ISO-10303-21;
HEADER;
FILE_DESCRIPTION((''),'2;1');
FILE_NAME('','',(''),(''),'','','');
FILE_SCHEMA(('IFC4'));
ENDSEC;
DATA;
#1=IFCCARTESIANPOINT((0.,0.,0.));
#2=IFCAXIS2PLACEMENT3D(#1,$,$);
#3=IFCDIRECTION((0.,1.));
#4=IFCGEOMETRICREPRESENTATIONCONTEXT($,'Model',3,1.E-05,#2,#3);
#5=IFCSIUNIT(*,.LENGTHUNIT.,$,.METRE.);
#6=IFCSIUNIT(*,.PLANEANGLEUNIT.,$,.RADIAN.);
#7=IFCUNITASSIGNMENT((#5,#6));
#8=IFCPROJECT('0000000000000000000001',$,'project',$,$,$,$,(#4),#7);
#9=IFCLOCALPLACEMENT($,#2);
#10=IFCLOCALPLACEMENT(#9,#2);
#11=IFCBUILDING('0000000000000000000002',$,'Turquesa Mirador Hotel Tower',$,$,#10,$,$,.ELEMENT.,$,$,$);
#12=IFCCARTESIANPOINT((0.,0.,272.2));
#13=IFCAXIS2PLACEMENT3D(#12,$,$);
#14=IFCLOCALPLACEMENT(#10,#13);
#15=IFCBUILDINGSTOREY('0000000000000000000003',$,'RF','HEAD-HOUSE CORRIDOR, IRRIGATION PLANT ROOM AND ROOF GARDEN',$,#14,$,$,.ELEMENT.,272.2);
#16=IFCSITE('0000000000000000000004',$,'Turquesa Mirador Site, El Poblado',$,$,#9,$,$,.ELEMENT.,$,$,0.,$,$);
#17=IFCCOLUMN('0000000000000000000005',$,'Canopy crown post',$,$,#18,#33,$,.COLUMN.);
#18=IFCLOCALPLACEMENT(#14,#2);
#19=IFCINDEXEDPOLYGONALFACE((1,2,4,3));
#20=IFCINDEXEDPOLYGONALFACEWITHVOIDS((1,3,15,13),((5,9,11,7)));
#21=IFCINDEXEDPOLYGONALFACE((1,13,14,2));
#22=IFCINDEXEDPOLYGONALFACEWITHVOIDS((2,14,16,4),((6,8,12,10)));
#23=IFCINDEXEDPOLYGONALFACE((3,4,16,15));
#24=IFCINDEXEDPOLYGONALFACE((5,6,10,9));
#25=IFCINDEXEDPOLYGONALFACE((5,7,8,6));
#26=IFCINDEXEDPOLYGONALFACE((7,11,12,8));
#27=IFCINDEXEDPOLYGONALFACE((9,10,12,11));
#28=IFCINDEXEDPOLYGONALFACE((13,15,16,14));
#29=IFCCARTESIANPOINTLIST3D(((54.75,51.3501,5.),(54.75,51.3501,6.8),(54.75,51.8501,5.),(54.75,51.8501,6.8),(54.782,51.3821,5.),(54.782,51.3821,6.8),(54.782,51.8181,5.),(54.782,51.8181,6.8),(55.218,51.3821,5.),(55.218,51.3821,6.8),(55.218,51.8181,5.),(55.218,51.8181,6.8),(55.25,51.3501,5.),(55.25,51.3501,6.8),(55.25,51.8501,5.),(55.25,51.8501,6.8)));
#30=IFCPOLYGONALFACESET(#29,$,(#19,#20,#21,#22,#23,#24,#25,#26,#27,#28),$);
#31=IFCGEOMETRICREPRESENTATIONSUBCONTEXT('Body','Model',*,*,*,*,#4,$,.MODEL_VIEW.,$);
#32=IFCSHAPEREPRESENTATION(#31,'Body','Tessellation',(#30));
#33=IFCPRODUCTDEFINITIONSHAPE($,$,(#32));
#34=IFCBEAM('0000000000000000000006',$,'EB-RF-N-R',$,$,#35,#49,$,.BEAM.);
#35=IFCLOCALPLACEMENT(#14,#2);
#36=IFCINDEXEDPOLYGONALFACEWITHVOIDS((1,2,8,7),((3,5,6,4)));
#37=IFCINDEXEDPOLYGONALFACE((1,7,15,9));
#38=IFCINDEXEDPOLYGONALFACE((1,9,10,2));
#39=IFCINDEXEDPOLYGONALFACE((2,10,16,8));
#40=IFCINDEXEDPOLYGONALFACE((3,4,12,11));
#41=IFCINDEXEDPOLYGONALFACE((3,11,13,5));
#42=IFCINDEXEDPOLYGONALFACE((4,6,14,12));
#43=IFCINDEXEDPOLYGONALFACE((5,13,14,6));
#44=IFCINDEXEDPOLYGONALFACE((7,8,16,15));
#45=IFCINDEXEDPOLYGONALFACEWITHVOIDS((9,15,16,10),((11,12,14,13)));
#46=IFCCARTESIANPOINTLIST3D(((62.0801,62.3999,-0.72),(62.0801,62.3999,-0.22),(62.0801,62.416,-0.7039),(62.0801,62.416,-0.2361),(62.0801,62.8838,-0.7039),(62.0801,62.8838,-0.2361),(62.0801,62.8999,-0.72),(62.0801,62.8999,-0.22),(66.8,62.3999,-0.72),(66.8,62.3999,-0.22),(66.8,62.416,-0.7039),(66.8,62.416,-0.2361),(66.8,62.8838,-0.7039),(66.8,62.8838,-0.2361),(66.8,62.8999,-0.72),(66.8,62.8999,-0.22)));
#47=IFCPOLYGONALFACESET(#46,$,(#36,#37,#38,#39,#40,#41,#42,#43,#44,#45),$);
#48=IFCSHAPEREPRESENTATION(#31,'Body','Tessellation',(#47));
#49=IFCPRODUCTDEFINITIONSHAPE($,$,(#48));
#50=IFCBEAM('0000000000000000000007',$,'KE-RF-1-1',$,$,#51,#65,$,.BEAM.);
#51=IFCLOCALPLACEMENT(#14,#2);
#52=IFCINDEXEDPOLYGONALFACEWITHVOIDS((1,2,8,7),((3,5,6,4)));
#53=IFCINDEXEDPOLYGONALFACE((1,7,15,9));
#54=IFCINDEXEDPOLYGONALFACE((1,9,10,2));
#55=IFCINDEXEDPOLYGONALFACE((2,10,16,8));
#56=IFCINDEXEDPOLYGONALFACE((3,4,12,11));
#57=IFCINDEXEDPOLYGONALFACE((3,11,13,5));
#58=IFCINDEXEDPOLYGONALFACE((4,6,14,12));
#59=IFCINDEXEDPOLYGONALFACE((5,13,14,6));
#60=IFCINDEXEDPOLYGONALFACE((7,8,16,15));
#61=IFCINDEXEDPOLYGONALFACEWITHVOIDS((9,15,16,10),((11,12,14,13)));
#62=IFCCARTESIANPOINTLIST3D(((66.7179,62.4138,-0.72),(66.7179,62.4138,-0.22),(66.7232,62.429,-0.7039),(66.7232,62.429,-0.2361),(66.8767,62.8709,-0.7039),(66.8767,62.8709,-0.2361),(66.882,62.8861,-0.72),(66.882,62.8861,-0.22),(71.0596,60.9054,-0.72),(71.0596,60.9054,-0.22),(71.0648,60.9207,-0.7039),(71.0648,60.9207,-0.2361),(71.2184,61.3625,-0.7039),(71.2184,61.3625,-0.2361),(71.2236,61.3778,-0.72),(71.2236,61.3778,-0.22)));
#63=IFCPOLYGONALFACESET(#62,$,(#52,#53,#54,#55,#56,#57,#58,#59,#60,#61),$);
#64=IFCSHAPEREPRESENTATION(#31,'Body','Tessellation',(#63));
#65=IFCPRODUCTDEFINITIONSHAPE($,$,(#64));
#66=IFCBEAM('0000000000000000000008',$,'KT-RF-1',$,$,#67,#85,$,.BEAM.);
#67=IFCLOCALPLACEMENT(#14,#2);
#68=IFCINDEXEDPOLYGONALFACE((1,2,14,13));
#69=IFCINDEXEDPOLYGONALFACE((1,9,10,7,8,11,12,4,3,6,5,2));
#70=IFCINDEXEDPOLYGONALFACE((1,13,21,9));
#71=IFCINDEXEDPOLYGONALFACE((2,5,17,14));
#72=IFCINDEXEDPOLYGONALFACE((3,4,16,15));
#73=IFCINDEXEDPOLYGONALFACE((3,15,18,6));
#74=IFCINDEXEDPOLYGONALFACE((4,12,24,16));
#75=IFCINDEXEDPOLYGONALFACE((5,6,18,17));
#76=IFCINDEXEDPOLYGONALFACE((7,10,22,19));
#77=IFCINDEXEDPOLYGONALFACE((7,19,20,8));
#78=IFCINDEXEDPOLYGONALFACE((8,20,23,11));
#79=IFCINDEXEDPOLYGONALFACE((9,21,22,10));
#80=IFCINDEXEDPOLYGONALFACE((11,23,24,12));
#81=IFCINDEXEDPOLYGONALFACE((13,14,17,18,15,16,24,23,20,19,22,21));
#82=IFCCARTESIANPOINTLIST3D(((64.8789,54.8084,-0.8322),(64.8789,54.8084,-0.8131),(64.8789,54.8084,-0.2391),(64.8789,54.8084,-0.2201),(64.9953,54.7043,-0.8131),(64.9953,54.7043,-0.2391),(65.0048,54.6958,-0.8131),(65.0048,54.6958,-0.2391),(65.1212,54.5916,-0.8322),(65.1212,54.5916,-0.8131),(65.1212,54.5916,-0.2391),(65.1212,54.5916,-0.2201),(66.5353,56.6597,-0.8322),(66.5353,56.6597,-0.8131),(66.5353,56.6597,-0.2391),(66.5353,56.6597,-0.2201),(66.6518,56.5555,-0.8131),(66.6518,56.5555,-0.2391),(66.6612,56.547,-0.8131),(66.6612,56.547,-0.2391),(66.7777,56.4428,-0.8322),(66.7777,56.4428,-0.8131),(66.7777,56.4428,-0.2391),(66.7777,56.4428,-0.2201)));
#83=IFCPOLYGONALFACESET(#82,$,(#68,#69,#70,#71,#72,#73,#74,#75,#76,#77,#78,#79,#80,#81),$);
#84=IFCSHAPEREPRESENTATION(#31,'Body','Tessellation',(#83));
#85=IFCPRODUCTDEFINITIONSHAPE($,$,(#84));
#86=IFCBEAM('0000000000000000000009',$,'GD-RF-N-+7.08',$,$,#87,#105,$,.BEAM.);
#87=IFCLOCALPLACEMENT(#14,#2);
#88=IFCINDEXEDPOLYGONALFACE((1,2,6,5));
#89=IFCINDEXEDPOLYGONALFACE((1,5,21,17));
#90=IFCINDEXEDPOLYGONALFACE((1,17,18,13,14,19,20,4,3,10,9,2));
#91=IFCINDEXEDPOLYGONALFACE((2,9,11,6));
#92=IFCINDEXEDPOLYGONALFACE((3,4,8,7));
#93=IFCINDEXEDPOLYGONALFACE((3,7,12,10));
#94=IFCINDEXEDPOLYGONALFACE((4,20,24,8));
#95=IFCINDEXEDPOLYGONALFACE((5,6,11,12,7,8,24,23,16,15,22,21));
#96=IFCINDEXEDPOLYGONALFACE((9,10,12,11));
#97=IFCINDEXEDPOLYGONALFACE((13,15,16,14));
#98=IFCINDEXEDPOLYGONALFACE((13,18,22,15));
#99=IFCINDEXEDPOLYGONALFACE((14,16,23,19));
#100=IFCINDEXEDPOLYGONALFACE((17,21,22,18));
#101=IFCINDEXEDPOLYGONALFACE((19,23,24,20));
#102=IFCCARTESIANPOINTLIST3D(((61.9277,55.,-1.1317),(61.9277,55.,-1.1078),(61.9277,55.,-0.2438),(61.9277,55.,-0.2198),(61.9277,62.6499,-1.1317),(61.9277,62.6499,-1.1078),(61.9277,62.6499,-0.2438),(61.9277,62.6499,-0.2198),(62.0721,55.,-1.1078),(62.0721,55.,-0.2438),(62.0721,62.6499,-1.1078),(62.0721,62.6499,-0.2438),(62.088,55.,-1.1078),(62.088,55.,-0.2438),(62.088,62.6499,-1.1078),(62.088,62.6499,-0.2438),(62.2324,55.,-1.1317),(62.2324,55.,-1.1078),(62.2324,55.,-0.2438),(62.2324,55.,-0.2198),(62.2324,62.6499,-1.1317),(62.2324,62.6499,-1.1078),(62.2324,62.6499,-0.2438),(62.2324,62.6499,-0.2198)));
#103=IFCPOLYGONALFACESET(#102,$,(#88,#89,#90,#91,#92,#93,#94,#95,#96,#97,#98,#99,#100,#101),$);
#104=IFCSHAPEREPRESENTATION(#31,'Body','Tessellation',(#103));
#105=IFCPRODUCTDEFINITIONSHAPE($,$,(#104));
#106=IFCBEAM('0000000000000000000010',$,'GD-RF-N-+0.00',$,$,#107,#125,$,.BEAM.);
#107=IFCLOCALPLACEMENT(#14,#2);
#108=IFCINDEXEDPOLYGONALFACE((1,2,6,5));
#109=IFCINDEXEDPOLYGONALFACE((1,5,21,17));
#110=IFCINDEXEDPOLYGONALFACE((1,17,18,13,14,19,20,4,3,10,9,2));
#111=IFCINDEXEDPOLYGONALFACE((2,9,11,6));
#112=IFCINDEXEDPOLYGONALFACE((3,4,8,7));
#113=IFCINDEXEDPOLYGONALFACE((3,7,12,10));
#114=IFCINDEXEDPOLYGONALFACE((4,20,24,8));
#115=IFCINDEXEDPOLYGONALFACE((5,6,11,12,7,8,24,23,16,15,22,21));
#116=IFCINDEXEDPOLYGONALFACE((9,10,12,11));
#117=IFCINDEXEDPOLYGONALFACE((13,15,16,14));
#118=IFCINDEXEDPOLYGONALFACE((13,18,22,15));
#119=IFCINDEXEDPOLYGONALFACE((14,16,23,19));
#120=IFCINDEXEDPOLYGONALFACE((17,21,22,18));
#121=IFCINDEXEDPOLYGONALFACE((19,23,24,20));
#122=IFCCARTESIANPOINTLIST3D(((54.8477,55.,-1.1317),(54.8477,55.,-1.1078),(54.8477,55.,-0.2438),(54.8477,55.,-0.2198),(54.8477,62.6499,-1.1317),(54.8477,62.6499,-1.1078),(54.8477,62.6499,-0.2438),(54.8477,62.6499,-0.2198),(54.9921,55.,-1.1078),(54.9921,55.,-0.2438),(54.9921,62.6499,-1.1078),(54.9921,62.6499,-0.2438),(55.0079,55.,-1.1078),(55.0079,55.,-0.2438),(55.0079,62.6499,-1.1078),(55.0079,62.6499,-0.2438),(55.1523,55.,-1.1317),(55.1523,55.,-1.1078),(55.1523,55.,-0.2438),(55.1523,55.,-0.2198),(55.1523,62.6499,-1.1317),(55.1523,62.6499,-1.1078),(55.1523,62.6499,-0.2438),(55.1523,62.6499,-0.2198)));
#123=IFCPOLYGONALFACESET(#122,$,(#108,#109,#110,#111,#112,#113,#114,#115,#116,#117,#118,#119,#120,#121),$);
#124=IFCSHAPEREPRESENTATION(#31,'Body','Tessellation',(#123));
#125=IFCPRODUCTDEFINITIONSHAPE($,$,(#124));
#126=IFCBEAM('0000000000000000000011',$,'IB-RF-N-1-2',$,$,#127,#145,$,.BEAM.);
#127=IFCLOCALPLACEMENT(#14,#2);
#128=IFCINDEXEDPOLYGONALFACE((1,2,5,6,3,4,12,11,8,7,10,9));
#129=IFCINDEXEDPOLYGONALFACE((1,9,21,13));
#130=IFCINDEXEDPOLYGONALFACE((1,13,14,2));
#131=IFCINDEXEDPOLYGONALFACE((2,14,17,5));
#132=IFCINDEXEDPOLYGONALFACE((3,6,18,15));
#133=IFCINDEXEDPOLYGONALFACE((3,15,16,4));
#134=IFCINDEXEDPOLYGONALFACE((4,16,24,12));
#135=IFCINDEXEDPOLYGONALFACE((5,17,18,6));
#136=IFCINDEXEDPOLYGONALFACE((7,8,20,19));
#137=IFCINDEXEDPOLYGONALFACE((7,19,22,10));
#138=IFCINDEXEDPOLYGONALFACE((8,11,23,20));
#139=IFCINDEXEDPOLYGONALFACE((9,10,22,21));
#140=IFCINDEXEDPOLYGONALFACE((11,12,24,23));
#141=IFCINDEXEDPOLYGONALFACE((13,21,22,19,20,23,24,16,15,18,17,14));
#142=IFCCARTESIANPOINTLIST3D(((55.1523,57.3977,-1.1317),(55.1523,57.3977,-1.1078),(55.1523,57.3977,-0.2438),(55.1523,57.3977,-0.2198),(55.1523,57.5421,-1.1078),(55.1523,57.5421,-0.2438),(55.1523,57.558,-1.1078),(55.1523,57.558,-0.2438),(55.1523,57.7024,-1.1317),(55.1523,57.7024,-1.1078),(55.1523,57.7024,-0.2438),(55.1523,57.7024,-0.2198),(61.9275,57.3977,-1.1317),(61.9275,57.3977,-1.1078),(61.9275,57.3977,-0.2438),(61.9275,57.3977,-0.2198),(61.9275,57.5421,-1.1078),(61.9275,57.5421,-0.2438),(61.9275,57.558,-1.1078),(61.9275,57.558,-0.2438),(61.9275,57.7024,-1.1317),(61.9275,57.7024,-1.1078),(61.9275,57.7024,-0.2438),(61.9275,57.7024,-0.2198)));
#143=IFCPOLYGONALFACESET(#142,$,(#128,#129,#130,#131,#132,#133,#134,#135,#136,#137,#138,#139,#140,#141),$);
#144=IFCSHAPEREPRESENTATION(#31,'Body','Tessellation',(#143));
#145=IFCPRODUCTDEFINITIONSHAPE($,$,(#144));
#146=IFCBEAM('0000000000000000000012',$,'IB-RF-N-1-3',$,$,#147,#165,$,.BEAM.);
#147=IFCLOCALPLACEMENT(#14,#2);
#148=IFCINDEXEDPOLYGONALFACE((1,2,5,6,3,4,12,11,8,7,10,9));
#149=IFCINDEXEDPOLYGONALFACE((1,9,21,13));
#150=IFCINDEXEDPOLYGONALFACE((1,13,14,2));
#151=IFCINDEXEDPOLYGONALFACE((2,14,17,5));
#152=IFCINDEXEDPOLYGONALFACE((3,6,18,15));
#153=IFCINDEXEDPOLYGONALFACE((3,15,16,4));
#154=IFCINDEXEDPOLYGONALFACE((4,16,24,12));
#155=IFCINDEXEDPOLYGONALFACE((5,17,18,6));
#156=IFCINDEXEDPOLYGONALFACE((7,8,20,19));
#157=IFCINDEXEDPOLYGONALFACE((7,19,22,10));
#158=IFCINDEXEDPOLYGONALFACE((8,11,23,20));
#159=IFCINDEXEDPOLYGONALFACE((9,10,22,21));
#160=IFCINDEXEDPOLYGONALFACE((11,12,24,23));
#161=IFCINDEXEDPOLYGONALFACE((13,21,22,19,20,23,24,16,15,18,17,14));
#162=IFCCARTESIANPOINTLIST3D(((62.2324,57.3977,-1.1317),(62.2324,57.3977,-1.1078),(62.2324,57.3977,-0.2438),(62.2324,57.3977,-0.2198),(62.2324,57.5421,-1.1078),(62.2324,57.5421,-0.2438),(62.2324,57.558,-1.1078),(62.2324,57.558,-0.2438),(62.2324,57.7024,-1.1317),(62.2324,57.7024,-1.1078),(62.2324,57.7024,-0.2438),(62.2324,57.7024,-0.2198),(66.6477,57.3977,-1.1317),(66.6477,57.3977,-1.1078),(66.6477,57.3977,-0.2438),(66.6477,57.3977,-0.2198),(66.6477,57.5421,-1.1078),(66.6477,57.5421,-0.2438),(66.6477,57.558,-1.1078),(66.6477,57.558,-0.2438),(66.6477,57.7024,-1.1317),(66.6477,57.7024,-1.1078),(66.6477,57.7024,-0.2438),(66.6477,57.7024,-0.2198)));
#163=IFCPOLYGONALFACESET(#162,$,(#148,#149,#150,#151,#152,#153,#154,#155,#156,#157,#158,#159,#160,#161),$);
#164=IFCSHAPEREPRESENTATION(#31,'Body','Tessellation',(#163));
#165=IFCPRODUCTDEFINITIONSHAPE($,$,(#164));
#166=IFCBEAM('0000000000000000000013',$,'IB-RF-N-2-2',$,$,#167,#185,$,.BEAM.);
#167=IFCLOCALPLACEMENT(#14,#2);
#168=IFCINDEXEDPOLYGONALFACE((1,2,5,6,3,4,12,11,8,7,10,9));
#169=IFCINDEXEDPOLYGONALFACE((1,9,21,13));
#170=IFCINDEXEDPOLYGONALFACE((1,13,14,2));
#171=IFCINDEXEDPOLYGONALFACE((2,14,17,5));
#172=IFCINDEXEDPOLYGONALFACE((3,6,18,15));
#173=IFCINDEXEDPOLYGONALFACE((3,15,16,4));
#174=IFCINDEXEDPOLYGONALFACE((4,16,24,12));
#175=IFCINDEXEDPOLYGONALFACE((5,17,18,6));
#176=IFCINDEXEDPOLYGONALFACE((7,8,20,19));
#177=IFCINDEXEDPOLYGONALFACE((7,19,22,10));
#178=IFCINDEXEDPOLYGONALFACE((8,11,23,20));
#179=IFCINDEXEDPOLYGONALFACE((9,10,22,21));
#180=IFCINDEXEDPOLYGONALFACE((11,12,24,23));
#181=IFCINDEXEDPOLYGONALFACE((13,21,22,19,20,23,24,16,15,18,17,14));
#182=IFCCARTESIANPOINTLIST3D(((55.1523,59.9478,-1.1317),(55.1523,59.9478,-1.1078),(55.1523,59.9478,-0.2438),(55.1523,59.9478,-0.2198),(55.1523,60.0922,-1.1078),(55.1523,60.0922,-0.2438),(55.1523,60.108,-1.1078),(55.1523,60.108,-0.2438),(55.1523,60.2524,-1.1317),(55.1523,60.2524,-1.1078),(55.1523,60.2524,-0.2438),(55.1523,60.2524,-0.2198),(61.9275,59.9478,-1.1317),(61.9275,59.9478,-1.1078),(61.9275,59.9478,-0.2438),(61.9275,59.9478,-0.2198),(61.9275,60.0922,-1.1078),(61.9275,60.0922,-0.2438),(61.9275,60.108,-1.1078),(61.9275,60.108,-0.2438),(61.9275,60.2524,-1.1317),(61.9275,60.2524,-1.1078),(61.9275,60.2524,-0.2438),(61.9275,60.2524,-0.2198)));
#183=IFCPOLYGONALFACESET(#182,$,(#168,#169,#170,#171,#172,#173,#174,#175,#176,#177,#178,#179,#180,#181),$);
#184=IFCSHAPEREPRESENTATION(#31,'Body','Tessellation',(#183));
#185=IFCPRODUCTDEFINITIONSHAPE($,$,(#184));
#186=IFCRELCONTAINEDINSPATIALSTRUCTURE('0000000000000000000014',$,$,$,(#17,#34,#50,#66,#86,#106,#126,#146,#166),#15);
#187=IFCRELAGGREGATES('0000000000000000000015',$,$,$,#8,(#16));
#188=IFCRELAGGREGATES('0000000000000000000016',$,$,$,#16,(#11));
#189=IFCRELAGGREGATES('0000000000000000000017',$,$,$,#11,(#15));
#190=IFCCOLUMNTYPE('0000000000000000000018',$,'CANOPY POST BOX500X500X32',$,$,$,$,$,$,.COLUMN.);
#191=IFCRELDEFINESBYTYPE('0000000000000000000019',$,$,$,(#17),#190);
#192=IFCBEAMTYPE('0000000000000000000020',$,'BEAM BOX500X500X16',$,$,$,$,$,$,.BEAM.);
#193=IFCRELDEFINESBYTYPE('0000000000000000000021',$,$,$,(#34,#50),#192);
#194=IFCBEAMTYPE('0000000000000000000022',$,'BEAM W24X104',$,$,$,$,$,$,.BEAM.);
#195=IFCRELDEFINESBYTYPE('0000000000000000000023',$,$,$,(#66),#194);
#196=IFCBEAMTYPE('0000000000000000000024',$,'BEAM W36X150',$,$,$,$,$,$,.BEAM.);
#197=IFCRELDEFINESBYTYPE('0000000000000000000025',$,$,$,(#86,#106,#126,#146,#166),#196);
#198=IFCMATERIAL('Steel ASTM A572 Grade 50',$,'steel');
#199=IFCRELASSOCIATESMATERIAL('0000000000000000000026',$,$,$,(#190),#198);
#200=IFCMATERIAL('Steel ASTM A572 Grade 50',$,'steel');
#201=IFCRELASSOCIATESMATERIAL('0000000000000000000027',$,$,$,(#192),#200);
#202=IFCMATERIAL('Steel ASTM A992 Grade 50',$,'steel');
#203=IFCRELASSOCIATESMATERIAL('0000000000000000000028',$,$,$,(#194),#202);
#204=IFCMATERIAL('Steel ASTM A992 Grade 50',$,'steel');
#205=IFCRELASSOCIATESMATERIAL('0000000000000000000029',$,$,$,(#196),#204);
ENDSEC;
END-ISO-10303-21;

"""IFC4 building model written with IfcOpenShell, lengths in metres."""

from ifc_helpers import new_model, si_unit, direction, frame, origin, origin_2d, place, context, subcontext, project, spatial, hollow_rectangle, i_section, extrude, material, material_profile, profile_set, type_object, element, save


model = new_model("IFC4")

# Units and contexts
model_context = context("Model", 3, precision=1e-05, world=origin(), true_north=direction((0.0, 1.0)))
body_context = subcontext(model_context, "Body", "Model", "MODEL_VIEW")
ifc_project = project(units=[si_unit("LENGTHUNIT", "METRE"), si_unit("PLANEANGLEUNIT", "RADIAN")], contexts=[model_context])

# Site, building, storey
site_placement = place(None, origin())
site = spatial("IfcSite", under=ifc_project, at=site_placement, Name="Turquesa Mirador Site, El Poblado", CompositionType="ELEMENT", RefElevation=0.0)
building_placement = place(site_placement, origin())
building = spatial("IfcBuilding", under=site, at=building_placement, Name="Turquesa Mirador Hotel Tower", CompositionType="ELEMENT")
storey_placement = place(building_placement, frame((0.0, 0.0, 272.2)))
storey = spatial("IfcBuildingStorey", under=building, at=storey_placement, Name="RF", Description="HEAD-HOUSE CORRIDOR, IRRIGATION PLANT ROOM AND ROOF GARDEN", CompositionType="ELEMENT", Elevation=272.2)

# Column
ifc_material_1 = material(Name="Steel ASTM A572 Grade 50", Category="steel")
ifc_material_profile_1 = material_profile(ifc_material_1, hollow_rectangle(XDim=0.5, YDim=0.5, WallThickness=0.032, at=origin_2d()), Name="BOX500X500X32")
ifc_profile_set_1 = profile_set([ifc_material_profile_1], Name="Steel ASTM A572 Grade 50")
column_type = type_object("IfcColumnType", Name="CANOPY POST BOX500X500X32", PredefinedType="COLUMN", material=ifc_profile_set_1)
column_placement = place(storey_placement, frame((55.0, 51.6001, 5.0), z_axis=(0.0, 0.0, 1.0), x_axis=(1.0, 0.0, 0.0)))
element("IfcColumn", 1, at=column_placement, inside=storey, type_object=column_type, Name="Canopy crown post", PredefinedType="COLUMN", context=body_context, shape_type="SweptSolid", body=[
    extrude(hollow_rectangle(XDim=0.5, YDim=0.5, WallThickness=0.032, at=origin_2d()), origin(), (0.0, 0.0, 1.0), 1.8),
])

# Beams
ifc_material_2 = material(Name="Steel ASTM A572 Grade 50", Category="steel")
ifc_material_profile_2 = material_profile(ifc_material_2, hollow_rectangle(XDim=0.5, YDim=0.5, WallThickness=0.0161, at=origin_2d()), Name="BOX500X500X16")
ifc_profile_set_2 = profile_set([ifc_material_profile_2], Name="Steel ASTM A572 Grade 50")
beam_type_1 = type_object("IfcBeamType", Name="BEAM BOX500X500X16", PredefinedType="BEAM", material=ifc_profile_set_2)
beam_1_placement = place(storey_placement, frame((62.0801, 62.6499, -0.47), z_axis=(1.0, 0.0, 0.0), x_axis=(0.0, 1.0, 0.0)))
element("IfcBeam", 2, at=beam_1_placement, inside=storey, type_object=beam_type_1, Name="EB-RF-N-R", PredefinedType="BEAM", context=body_context, shape_type="SweptSolid", body=[
    extrude(hollow_rectangle(XDim=0.5, YDim=0.5, WallThickness=0.0161, at=origin_2d()), origin(), (0.0, 0.0, 1.0), 4.72),
])
beam_2_placement = place(storey_placement, frame((71.1416, 61.1416, -0.47), z_axis=(-0.944619, 0.32817, 0.0), x_axis=(-0.32817, -0.944619, 0.0)))
element("IfcBeam", 3, at=beam_2_placement, inside=storey, type_object=beam_type_1, Name="KE-RF-1-1", PredefinedType="BEAM", context=body_context, shape_type="SweptSolid", body=[
    extrude(hollow_rectangle(XDim=0.5, YDim=0.5, WallThickness=0.0161, at=origin_2d()), origin(), (0.0, 0.0, 1.0), 4.5962),
])
ifc_material_3 = material(Name="Steel ASTM A992 Grade 50", Category="steel")
ifc_material_profile_3 = material_profile(ifc_material_3, i_section(OverallWidth=0.3252, OverallDepth=0.6121, WebThickness=0.0127, FlangeThickness=0.019, at=origin_2d()), Name="W24X104")
ifc_profile_set_3 = profile_set([ifc_material_profile_3], Name="Steel ASTM A992 Grade 50")
beam_type_2 = type_object("IfcBeamType", Name="BEAM W24X104", PredefinedType="BEAM", material=ifc_profile_set_3)
beam_3_placement = place(storey_placement, frame((66.6565, 56.5513, -0.5261), z_axis=(-0.666806, -0.745231, 0.0), x_axis=(0.745231, -0.666806, 0.0)))
element("IfcBeam", 4, at=beam_3_placement, inside=storey, type_object=beam_type_2, Name="KT-RF-1", PredefinedType="BEAM", context=body_context, shape_type="SweptSolid", body=[
    extrude(i_section(OverallWidth=0.3252, OverallDepth=0.6121, WebThickness=0.0127, FlangeThickness=0.019, at=origin_2d()), origin(), (0.0, 0.0, 1.0), 2.4841),
])
ifc_material_4 = material(Name="Steel ASTM A992 Grade 50", Category="steel")
ifc_material_profile_4 = material_profile(ifc_material_4, i_section(OverallWidth=0.3047, OverallDepth=0.9119, WebThickness=0.0159, FlangeThickness=0.0239, at=origin_2d()), Name="W36X150")
ifc_profile_set_4 = profile_set([ifc_material_profile_4], Name="Steel ASTM A992 Grade 50")
beam_type_3 = type_object("IfcBeamType", Name="BEAM W36X150", PredefinedType="BEAM", material=ifc_profile_set_4)
for number, where, z_axis, x_axis, name in (
    (5, (62.0801, 62.6499, -0.6758), (0.0, -1.0, 0.0), (1.0, 0.0, 0.0), "GD-RF-N-+7.08"),
    (6, (55.0, 62.6499, -0.6758), (0.0, -1.0, 0.0), (1.0, 0.0, 0.0), "GD-RF-N-+0.00"),
):
    element("IfcBeam", number, at=place(storey_placement, frame(where, z_axis=z_axis, x_axis=x_axis)), inside=storey, type_object=beam_type_3, Name=name, PredefinedType="BEAM", context=body_context, shape_type="SweptSolid", body=[
        extrude(i_section(OverallWidth=0.3047, OverallDepth=0.9119, WebThickness=0.0159, FlangeThickness=0.0239, at=origin_2d()), origin(), (0.0, 0.0, 1.0), 7.6499),
    ])
beam_4_placement = place(storey_placement, frame((55.1523, 57.55, -0.6758), z_axis=(1.0, 0.0, 0.0), x_axis=(0.0, 1.0, 0.0)))
element("IfcBeam", 7, at=beam_4_placement, inside=storey, type_object=beam_type_3, Name="IB-RF-N-1-2", PredefinedType="BEAM", context=body_context, shape_type="SweptSolid", body=[
    extrude(i_section(OverallWidth=0.3047, OverallDepth=0.9119, WebThickness=0.0159, FlangeThickness=0.0239, at=origin_2d()), origin(), (0.0, 0.0, 1.0), 6.7751),
])
beam_5_placement = place(storey_placement, frame((62.2324, 57.55, -0.6758), z_axis=(1.0, 0.0, 0.0), x_axis=(0.0, 1.0, 0.0)))
element("IfcBeam", 8, at=beam_5_placement, inside=storey, type_object=beam_type_3, Name="IB-RF-N-1-3", PredefinedType="BEAM", context=body_context, shape_type="SweptSolid", body=[
    extrude(i_section(OverallWidth=0.3047, OverallDepth=0.9119, WebThickness=0.0159, FlangeThickness=0.0239, at=origin_2d()), origin(), (0.0, 0.0, 1.0), 4.4153),
])
beam_6_placement = place(storey_placement, frame((55.1523, 60.1001, -0.6758), z_axis=(1.0, 0.0, 0.0), x_axis=(0.0, 1.0, 0.0)))
element("IfcBeam", 9, at=beam_6_placement, inside=storey, type_object=beam_type_3, Name="IB-RF-N-2-2", PredefinedType="BEAM", context=body_context, shape_type="SweptSolid", body=[
    extrude(i_section(OverallWidth=0.3047, OverallDepth=0.9119, WebThickness=0.0159, FlangeThickness=0.0239, at=origin_2d()), origin(), (0.0, 0.0, 1.0), 6.7751),
])

save(model, "model.ifc")
